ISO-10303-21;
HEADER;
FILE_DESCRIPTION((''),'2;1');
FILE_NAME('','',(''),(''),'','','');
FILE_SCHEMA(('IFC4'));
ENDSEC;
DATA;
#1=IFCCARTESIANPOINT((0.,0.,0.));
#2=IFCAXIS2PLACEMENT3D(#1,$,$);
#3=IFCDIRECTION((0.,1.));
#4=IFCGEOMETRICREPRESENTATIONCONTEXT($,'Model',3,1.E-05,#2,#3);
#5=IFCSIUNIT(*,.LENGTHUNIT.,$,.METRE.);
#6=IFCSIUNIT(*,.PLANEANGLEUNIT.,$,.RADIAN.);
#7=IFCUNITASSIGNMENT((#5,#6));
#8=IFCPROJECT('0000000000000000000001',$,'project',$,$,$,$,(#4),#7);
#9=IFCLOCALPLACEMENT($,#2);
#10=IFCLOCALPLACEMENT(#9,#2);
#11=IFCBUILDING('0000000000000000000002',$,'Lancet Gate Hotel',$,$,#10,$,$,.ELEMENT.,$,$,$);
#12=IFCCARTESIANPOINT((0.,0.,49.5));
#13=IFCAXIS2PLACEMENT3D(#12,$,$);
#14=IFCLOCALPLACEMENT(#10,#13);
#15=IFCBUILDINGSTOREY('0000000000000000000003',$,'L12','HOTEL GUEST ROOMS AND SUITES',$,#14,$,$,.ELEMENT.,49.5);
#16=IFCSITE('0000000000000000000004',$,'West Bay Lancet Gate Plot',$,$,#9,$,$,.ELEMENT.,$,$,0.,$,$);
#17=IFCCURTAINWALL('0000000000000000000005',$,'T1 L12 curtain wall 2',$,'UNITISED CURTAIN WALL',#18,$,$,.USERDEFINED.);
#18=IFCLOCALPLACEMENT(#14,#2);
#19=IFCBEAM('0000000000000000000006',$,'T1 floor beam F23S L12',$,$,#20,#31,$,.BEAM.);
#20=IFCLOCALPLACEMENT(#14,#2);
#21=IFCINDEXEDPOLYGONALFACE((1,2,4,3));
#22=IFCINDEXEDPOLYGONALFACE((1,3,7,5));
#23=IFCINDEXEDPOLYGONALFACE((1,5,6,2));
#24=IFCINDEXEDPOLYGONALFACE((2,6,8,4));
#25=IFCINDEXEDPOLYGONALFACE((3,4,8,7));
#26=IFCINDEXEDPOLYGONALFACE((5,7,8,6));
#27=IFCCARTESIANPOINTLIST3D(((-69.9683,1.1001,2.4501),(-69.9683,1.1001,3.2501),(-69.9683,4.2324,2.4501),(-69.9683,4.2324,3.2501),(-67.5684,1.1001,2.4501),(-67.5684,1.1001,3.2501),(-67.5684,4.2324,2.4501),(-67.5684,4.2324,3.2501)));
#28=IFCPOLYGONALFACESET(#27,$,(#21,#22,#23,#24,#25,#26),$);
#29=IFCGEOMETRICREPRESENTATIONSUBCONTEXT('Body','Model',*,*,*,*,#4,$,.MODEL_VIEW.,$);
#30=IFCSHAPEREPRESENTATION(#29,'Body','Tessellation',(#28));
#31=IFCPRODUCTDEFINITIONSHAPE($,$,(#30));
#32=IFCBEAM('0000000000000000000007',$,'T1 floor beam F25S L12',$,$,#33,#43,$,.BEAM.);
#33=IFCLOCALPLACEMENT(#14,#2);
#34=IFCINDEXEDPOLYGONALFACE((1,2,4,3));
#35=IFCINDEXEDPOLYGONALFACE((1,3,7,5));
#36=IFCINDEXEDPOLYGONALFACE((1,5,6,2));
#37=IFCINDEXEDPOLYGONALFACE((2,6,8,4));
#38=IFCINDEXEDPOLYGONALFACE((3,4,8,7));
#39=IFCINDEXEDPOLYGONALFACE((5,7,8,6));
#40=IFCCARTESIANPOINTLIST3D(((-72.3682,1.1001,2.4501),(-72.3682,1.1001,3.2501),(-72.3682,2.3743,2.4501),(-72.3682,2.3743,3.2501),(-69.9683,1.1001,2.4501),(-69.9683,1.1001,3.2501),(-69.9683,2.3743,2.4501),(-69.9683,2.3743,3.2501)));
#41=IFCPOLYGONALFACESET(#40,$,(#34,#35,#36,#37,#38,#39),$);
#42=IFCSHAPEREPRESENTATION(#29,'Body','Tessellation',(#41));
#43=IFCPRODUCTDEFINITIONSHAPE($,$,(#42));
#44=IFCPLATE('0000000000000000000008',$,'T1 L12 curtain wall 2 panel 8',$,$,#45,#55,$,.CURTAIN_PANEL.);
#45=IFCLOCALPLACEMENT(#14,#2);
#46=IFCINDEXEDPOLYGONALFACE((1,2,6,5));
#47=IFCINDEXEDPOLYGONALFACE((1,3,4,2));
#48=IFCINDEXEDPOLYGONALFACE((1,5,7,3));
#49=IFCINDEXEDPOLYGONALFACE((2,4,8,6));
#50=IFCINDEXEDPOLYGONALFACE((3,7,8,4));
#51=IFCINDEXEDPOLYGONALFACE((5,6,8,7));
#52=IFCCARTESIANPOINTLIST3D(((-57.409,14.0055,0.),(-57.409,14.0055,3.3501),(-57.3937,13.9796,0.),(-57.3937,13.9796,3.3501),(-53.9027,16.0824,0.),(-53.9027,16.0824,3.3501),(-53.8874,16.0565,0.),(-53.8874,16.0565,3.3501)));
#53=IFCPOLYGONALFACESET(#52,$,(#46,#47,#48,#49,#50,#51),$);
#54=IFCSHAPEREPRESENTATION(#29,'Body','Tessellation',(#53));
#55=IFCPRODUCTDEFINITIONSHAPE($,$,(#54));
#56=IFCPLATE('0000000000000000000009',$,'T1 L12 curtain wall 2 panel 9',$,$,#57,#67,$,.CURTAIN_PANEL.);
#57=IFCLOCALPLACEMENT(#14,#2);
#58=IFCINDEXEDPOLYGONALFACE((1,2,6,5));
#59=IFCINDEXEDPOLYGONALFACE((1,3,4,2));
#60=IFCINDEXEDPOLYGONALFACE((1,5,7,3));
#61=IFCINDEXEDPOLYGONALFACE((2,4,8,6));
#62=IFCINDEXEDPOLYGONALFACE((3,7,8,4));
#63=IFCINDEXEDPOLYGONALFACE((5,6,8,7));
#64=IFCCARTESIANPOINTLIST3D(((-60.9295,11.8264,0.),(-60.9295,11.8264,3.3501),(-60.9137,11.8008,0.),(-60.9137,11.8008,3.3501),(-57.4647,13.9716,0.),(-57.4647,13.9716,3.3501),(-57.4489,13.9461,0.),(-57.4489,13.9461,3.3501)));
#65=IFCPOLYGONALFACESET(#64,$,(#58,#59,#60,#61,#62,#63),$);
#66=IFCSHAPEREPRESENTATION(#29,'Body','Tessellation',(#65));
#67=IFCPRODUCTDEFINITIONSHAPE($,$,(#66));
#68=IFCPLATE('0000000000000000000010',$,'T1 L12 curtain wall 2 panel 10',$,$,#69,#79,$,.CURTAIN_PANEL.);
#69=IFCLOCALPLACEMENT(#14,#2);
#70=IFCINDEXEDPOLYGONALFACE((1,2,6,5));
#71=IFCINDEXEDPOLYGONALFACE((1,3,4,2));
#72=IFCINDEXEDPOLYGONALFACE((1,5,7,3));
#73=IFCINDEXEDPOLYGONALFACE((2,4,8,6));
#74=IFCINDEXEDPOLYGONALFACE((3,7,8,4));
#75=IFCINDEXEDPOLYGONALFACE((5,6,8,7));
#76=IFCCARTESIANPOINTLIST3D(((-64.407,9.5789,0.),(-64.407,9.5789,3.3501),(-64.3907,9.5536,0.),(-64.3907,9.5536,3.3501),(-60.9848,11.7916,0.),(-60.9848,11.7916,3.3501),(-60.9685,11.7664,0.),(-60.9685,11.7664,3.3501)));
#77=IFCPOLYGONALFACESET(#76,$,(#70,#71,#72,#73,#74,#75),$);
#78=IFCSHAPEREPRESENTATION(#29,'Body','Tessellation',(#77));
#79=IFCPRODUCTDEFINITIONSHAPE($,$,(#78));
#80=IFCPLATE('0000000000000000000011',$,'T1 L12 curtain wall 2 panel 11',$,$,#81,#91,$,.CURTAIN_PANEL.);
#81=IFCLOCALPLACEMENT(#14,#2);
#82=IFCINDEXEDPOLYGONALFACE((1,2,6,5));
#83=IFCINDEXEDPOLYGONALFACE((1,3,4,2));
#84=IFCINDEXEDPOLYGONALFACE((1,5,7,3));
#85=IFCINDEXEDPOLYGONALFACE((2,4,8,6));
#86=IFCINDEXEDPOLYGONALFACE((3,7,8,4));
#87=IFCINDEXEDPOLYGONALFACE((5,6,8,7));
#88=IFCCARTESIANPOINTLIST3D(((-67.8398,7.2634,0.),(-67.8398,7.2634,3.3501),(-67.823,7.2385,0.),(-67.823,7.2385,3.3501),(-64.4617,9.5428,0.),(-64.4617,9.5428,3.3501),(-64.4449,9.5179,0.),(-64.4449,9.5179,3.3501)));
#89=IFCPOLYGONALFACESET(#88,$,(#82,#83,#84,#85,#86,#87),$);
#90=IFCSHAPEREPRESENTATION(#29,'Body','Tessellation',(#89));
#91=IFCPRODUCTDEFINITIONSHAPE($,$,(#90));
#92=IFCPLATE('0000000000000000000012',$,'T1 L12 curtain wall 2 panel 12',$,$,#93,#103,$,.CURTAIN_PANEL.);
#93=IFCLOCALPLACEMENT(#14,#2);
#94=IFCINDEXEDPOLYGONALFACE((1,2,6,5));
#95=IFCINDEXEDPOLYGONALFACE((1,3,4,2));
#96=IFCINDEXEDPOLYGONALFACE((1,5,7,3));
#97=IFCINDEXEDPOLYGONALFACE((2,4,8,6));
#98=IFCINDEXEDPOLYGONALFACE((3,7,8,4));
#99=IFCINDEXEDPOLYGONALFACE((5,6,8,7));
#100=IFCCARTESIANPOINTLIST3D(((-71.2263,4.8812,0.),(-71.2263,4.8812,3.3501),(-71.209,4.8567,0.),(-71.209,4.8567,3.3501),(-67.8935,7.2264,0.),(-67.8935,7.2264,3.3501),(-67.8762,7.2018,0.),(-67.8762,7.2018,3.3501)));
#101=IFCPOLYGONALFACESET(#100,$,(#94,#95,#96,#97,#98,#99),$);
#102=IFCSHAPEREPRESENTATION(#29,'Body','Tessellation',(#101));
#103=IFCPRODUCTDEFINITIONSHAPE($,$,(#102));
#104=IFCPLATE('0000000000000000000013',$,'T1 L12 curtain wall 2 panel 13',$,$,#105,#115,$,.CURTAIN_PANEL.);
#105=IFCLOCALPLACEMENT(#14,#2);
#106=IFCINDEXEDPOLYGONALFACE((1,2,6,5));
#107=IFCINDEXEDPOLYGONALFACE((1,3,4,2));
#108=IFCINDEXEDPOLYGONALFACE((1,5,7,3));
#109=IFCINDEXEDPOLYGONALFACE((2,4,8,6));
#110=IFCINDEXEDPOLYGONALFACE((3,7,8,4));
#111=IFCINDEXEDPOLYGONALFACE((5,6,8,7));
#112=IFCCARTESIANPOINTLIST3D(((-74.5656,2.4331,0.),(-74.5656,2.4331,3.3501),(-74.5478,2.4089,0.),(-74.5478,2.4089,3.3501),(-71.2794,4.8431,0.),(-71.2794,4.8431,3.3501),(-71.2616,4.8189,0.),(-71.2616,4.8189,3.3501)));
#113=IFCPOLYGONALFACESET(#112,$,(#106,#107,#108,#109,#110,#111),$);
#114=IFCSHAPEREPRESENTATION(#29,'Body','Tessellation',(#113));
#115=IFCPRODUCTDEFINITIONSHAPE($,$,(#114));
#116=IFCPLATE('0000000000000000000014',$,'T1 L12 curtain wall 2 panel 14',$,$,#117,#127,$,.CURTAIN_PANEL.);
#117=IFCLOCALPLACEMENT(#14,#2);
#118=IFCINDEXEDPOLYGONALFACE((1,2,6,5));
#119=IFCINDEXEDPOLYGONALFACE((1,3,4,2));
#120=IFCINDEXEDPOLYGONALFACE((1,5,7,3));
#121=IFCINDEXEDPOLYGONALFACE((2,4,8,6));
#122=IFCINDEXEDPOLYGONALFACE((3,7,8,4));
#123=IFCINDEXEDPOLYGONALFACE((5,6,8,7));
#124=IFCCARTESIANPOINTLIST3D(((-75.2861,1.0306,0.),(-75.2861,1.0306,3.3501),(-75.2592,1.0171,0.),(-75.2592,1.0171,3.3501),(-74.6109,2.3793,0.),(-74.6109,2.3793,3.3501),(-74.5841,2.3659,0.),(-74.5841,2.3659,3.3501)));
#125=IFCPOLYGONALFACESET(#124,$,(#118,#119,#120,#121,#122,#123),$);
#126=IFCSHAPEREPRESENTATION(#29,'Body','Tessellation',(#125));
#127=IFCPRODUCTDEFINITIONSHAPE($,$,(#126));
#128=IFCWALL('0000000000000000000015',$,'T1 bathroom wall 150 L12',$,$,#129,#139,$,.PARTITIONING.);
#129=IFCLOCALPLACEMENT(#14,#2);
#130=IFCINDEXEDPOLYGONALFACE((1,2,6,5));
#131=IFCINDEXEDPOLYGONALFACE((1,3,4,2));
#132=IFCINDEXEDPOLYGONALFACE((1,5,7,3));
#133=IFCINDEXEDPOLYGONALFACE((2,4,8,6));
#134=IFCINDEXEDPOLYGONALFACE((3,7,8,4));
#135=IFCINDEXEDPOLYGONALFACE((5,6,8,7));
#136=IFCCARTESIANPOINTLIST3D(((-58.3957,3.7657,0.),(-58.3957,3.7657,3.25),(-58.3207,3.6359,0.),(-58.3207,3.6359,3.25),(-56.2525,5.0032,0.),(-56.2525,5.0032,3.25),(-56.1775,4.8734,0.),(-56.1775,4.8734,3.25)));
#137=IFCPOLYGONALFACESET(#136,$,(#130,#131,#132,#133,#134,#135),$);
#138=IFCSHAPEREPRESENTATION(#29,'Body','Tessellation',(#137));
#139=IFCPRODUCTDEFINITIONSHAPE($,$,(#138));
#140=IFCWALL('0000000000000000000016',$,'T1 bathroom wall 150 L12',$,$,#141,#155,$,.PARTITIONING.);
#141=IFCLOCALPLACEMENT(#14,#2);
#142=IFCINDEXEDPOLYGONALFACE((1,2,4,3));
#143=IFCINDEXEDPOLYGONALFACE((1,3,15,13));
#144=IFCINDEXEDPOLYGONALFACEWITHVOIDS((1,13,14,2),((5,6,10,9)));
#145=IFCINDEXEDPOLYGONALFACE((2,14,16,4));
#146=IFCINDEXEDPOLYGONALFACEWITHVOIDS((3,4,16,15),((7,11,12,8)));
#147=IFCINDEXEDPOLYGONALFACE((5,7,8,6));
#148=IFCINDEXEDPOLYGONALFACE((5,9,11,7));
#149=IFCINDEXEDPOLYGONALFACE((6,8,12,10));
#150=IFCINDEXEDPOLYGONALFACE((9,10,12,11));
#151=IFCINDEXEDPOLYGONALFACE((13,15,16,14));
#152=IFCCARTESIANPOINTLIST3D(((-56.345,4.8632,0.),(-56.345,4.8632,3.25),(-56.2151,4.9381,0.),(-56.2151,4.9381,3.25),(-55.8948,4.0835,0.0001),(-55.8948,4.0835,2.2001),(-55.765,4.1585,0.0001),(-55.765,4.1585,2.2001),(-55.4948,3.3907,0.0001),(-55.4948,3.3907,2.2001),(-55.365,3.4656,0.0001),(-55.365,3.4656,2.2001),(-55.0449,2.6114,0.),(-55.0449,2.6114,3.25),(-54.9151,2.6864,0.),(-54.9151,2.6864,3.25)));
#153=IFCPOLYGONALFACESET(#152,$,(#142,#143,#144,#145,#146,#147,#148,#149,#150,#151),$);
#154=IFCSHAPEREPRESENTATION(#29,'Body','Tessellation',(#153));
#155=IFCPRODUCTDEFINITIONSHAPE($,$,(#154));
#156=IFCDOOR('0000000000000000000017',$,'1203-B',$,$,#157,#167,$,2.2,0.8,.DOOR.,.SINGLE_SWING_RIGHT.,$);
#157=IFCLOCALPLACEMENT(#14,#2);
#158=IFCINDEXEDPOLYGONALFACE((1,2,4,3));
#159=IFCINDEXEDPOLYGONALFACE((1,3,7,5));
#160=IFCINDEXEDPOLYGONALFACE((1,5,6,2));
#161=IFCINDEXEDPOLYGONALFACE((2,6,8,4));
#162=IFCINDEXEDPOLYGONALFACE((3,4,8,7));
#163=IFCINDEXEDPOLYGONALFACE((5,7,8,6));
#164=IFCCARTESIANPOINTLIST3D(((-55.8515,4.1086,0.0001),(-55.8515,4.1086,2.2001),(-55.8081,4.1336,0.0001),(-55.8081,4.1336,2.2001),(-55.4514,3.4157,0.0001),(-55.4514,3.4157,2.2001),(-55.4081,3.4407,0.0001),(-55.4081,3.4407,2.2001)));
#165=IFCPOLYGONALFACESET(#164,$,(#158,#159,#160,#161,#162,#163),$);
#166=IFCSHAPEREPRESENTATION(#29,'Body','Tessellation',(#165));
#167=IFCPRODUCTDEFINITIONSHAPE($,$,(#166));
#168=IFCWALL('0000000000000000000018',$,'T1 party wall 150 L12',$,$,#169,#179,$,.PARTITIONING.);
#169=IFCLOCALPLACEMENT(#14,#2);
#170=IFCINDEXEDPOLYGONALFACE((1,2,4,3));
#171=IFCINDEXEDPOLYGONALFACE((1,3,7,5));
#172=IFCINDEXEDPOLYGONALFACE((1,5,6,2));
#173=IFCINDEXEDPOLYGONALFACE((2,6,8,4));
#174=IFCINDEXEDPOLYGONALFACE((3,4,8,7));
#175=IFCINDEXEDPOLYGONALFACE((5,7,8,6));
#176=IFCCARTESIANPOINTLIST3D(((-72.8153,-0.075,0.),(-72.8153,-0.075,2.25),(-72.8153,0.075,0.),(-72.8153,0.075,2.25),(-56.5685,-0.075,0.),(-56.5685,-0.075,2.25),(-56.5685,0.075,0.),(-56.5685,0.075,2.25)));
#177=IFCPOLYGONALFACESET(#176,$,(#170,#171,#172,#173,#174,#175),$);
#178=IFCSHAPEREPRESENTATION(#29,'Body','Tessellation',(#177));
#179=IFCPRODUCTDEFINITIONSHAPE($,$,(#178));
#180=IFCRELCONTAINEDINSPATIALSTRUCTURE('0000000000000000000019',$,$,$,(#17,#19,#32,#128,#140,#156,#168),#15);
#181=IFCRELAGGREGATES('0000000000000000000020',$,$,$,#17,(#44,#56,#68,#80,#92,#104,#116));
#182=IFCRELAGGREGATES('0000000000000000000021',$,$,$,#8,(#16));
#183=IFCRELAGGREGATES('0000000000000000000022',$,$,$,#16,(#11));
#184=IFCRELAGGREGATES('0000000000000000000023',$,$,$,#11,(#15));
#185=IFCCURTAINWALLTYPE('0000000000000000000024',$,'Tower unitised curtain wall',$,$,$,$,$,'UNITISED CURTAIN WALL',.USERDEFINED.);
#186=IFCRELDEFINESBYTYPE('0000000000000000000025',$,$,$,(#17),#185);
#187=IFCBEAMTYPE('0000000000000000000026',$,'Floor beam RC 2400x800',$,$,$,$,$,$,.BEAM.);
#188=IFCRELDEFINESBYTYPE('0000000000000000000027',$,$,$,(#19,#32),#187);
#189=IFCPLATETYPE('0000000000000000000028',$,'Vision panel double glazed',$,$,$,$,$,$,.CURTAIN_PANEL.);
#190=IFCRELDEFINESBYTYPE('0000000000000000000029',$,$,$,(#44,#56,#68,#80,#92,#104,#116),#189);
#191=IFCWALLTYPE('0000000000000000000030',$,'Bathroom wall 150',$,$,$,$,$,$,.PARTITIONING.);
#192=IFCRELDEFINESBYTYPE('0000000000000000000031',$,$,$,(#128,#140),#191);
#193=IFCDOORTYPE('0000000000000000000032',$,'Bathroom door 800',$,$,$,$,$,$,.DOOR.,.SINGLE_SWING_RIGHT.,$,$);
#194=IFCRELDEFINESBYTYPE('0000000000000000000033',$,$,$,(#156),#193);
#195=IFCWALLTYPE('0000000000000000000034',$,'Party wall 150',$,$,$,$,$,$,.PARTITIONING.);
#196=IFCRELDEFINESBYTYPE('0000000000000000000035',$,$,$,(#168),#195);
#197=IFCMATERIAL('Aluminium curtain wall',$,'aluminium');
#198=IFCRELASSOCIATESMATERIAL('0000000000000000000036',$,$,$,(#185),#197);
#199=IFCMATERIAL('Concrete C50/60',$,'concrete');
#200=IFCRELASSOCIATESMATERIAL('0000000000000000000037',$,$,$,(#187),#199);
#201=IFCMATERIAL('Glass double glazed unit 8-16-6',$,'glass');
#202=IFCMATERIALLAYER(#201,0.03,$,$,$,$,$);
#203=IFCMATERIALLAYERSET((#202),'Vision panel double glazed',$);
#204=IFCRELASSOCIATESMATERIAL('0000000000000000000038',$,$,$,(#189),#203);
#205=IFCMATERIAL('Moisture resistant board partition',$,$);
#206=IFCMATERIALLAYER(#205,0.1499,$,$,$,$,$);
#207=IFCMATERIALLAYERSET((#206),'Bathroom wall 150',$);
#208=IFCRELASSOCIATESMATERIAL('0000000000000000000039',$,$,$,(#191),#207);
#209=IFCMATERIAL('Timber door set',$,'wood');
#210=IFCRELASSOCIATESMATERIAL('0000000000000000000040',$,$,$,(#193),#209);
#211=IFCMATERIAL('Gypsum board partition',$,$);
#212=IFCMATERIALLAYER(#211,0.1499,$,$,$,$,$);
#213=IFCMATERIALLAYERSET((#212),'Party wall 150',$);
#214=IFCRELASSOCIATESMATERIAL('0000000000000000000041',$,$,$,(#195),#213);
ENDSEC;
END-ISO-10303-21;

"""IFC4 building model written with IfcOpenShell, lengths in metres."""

from ifc_helpers import new_model, si_unit, direction, frame, frame_2d, origin, origin_2d, place, context, subcontext, project, spatial, rectangle, extrude, material, layer, layer_set, material_profile, profile_set, type_object, element, fill, aggregate, save


model = new_model("IFC4")

# Units and contexts
model_context = context("Model", 3, precision=1e-05, world=origin(), true_north=direction((0.0, 1.0)))
body_context = subcontext(model_context, "Body", "Model", "MODEL_VIEW")
ifc_project = project(units=[si_unit("LENGTHUNIT", "METRE"), si_unit("PLANEANGLEUNIT", "RADIAN")], contexts=[model_context])

# Site, building, storey
site_placement = place(None, origin())
site = spatial("IfcSite", under=ifc_project, at=site_placement, Name="West Bay Lancet Gate Plot", CompositionType="ELEMENT", RefElevation=0.0)
building_placement = place(site_placement, origin())
building = spatial("IfcBuilding", under=site, at=building_placement, Name="Lancet Gate Hotel", CompositionType="ELEMENT")
storey_placement = place(building_placement, frame((0.0, 0.0, 49.5)))
storey = spatial("IfcBuildingStorey", under=building, at=storey_placement, Name="L12", Description="HOTEL GUEST ROOMS AND SUITES", CompositionType="ELEMENT", Elevation=49.5)

# Curtain wall
ifc_material_1 = material(Name="Aluminium curtain wall", Category="aluminium")
curtain_wall_type = type_object("IfcCurtainWallType", Name="Tower unitised curtain wall", ElementType="UNITISED CURTAIN WALL", PredefinedType="USERDEFINED", material=ifc_material_1)
curtain_wall_placement = place(storey_placement, origin())
curtain_wall = element("IfcCurtainWall", 1, at=curtain_wall_placement, inside=storey, type_object=curtain_wall_type, Name="T1 L12 curtain wall 2", ObjectType="UNITISED CURTAIN WALL", PredefinedType="USERDEFINED")

# Beams
ifc_material_2 = material(Name="Concrete C50/60", Category="concrete")
ifc_material_profile_1 = material_profile(ifc_material_2, rectangle(XDim=2.3999, YDim=0.8, at=origin_2d()), Name="RC 2400x800")
ifc_profile_set_1 = profile_set([ifc_material_profile_1], Name="Concrete C50/60")
beam_type_1 = type_object("IfcBeamType", Name="Floor beam RC 2400x800", PredefinedType="BEAM", material=ifc_profile_set_1)
beam_1_placement = place(storey_placement, frame((-68.7683, 4.2324, 2.8501), z_axis=(0.0, -1.0, 0.0), x_axis=(1.0, 0.0, 0.0)))
element("IfcBeam", 2, at=beam_1_placement, inside=storey, type_object=beam_type_1, Name="T1 floor beam F23S L12", PredefinedType="BEAM", context=body_context, shape_type="SweptSolid", body=[
    extrude(rectangle(XDim=2.3999, YDim=0.8, at=origin_2d()), origin(), (0.0, 0.0, 1.0), 3.1323),
])
beam_2_placement = place(storey_placement, frame((-71.1682, 2.3743, 2.8501), z_axis=(0.0, -1.0, 0.0), x_axis=(1.0, 0.0, 0.0)))
element("IfcBeam", 3, at=beam_2_placement, inside=storey, type_object=beam_type_1, Name="T1 floor beam F25S L12", PredefinedType="BEAM", context=body_context, shape_type="SweptSolid", body=[
    extrude(rectangle(XDim=2.3999, YDim=0.8, at=origin_2d()), origin(), (0.0, 0.0, 1.0), 1.2742),
])

# Plates
ifc_material_3 = material(Name="Glass double glazed unit 8-16-6", Category="glass")
ifc_layer_1 = layer(ifc_material_3, 0.03)
ifc_layer_set_1 = layer_set([ifc_layer_1], Name="Vision panel double glazed")
plate_type = type_object("IfcPlateType", Name="Vision panel double glazed", PredefinedType="CURTAIN_PANEL", material=ifc_layer_set_1)
plate_1_placement = place(storey_placement, frame((-55.6482, 15.031, 0.0), z_axis=(0.0, 0.0, 1.0), x_axis=(-0.860382, -0.50965, 0.0)))
plate_1 = element("IfcPlate", 4, at=plate_1_placement, type_object=plate_type, Name="T1 L12 curtain wall 2 panel 8", PredefinedType="CURTAIN_PANEL", context=body_context, shape_type="SweptSolid", body=[
    extrude(rectangle(XDim=4.0752, YDim=0.03, at=origin_2d()), origin(), (0.0, 0.0, 1.0), 3.3501),
])
plate_2_placement = place(storey_placement, frame((-59.1892, 12.8862, 0.0), z_axis=(0.0, 0.0, 1.0), x_axis=(-0.850229, -0.526414, 0.0)))
plate_2 = element("IfcPlate", 5, at=plate_2_placement, type_object=plate_type, Name="T1 L12 curtain wall 2 panel 9", PredefinedType="CURTAIN_PANEL", context=body_context, shape_type="SweptSolid", body=[
    extrude(rectangle(XDim=4.0752, YDim=0.03, at=origin_2d()), origin(), (0.0, 0.0, 1.0), 3.3501),
])
plate_3_placement = place(storey_placement, frame((-62.6877, 10.6726, 0.0), z_axis=(0.0, 0.0, 1.0), x_axis=(-0.839749, -0.542975, 0.0)))
plate_3 = element("IfcPlate", 6, at=plate_3_placement, type_object=plate_type, Name="T1 L12 curtain wall 2 panel 10", PredefinedType="CURTAIN_PANEL", context=body_context, shape_type="SweptSolid", body=[
    extrude(rectangle(XDim=4.0752, YDim=0.03, at=origin_2d()), origin(), (0.0, 0.0, 1.0), 3.3501),
])
plate_4_placement = place(storey_placement, frame((-66.1423, 8.3906, 0.0), z_axis=(0.0, 0.0, 1.0), x_axis=(-0.828946, -0.559329, 0.0)))
plate_4 = element("IfcPlate", 7, at=plate_4_placement, type_object=plate_type, Name="T1 L12 curtain wall 2 panel 11", PredefinedType="CURTAIN_PANEL", context=body_context, shape_type="SweptSolid", body=[
    extrude(rectangle(XDim=4.0752, YDim=0.03, at=origin_2d()), origin(), (0.0, 0.0, 1.0), 3.3501),
])
plate_5_placement = place(storey_placement, frame((-69.5513, 6.0415, 0.0), z_axis=(0.0, 0.0, 1.0), x_axis=(-0.817825, -0.575467, 0.0)))
plate_5 = element("IfcPlate", 8, at=plate_5_placement, type_object=plate_type, Name="T1 L12 curtain wall 2 panel 12", PredefinedType="CURTAIN_PANEL", context=body_context, shape_type="SweptSolid", body=[
    extrude(rectangle(XDim=4.0752, YDim=0.03, at=origin_2d()), origin(), (0.0, 0.0, 1.0), 3.3501),
])
plate_6_placement = place(storey_placement, frame((-72.9136, 3.626, 0.0), z_axis=(0.0, 0.0, 1.0), x_axis=(-0.80639, -0.591384, 0.0)))
plate_6 = element("IfcPlate", 9, at=plate_6_placement, type_object=plate_type, Name="T1 L12 curtain wall 2 panel 13", PredefinedType="CURTAIN_PANEL", context=body_context, shape_type="SweptSolid", body=[
    extrude(rectangle(XDim=4.0752, YDim=0.03, at=origin_2d()), origin(), (0.0, 0.0, 1.0), 3.3501),
])
plate_7_placement = place(storey_placement, frame((-74.9351, 1.6982, 0.0), z_axis=(0.0, 0.0, 1.0), x_axis=(-0.447628, -0.89422, 0.0)))
plate_7 = element("IfcPlate", 10, at=plate_7_placement, type_object=plate_type, Name="T1 L12 curtain wall 2 panel 14", PredefinedType="CURTAIN_PANEL", context=body_context, shape_type="SweptSolid", body=[
    extrude(rectangle(XDim=1.5083, YDim=0.03, at=origin_2d()), origin(), (0.0, 0.0, 1.0), 3.3501),
])
aggregate(curtain_wall, [plate_1, plate_2, plate_3, plate_4, plate_5, plate_6, plate_7])

# Wall
ifc_material_4 = material(Name="Moisture resistant board partition")
ifc_layer_2 = layer(ifc_material_4, 0.1499)
ifc_layer_set_2 = layer_set([ifc_layer_2], Name="Bathroom wall 150")
wall_type_1 = type_object("IfcWallType", Name="Bathroom wall 150", PredefinedType="PARTITIONING", material=ifc_layer_set_2)
wall_1_placement = place(storey_placement, frame((-56.2151, 4.9382, 0.0), z_axis=(0.0, 0.0, 1.0), x_axis=(-0.866007, -0.500033, 0.0)))
element("IfcWall", 11, at=wall_1_placement, inside=storey, type_object=wall_type_1, Name="T1 bathroom wall 150 L12", PredefinedType="PARTITIONING", context=body_context, shape_type="SweptSolid", body=[
    extrude(rectangle(XDim=2.4749, YDim=0.1499, at=frame_2d((1.2373, 0.0))), origin(), (0.0, 0.0, 1.0), 3.25),
])

# Wall, opening, door
wall_2_placement = place(storey_placement, frame((-54.98, 2.6489, 0.0), z_axis=(0.0, 0.0, 1.0), x_axis=(-0.500007, 0.866021, 0.0)))
wall_2 = element("IfcWall", 12, at=wall_2_placement, inside=storey, type_object=wall_type_1, Name="T1 bathroom wall 150 L12", PredefinedType="PARTITIONING", context=body_context, shape_type="SweptSolid", body=[
    extrude(rectangle(XDim=2.6001, YDim=0.1499, at=frame_2d((1.3, 0.0))), origin(), (0.0, 0.0, 1.0), 3.25),
])
opening_placement = place(wall_2_placement, frame((0.8999, 0.0, 0.0)))
opening = element("IfcOpeningElement", 13, at=opening_placement, cuts=wall_2, PredefinedType="OPENING", context=body_context, shape_type="SweptSolid", body=[
    extrude(rectangle(XDim=0.8, YDim=2.2, at=frame_2d((0.3999, 1.1001))), frame((0.0, 0.085, 0.0), z_axis=(0.0, -1.0, 0.0), x_axis=(1.0, 0.0, 0.0)), (0.0, 0.0, 1.0), 0.1699),
])
ifc_material_5 = material(Name="Timber door set", Category="wood")
door_type = type_object("IfcDoorType", Name="Bathroom door 800", OperationType="SINGLE_SWING_RIGHT", PredefinedType="DOOR", material=ifc_material_5)
door_placement = place(opening_placement, origin())
door = element("IfcDoor", 14, at=door_placement, inside=storey, type_object=door_type, Name="1203-B", OperationType="SINGLE_SWING_RIGHT", OverallHeight=2.2, OverallWidth=0.8, PredefinedType="DOOR", context=body_context, shape_type="SweptSolid", body=[
    extrude(rectangle(XDim=0.8, YDim=2.2, at=frame_2d((0.3999, 1.1001))), frame((0.0, 0.0249, 0.0), z_axis=(0.0, -1.0, 0.0), x_axis=(1.0, 0.0, 0.0)), (0.0, 0.0, 1.0), 0.05),
])
fill(opening, door)

# Wall
ifc_material_6 = material(Name="Gypsum board partition")
ifc_layer_3 = layer(ifc_material_6, 0.1499)
ifc_layer_set_3 = layer_set([ifc_layer_3], Name="Party wall 150")
wall_type_2 = type_object("IfcWallType", Name="Party wall 150", PredefinedType="PARTITIONING", material=ifc_layer_set_3)
wall_3_placement = place(storey_placement, frame((-56.5684, 0.0, 0.0), z_axis=(0.0, 0.0, 1.0), x_axis=(-1.0, 0.0, 0.0)))
element("IfcWall", 15, at=wall_3_placement, inside=storey, type_object=wall_type_2, Name="T1 party wall 150 L12", PredefinedType="PARTITIONING", context=body_context, shape_type="SweptSolid", body=[
    extrude(rectangle(XDim=16.2468, YDim=0.1499, at=frame_2d((8.1235, 0.0))), origin(), (0.0, 0.0, 1.0), 2.25),
])

save(model, "model.ifc")
